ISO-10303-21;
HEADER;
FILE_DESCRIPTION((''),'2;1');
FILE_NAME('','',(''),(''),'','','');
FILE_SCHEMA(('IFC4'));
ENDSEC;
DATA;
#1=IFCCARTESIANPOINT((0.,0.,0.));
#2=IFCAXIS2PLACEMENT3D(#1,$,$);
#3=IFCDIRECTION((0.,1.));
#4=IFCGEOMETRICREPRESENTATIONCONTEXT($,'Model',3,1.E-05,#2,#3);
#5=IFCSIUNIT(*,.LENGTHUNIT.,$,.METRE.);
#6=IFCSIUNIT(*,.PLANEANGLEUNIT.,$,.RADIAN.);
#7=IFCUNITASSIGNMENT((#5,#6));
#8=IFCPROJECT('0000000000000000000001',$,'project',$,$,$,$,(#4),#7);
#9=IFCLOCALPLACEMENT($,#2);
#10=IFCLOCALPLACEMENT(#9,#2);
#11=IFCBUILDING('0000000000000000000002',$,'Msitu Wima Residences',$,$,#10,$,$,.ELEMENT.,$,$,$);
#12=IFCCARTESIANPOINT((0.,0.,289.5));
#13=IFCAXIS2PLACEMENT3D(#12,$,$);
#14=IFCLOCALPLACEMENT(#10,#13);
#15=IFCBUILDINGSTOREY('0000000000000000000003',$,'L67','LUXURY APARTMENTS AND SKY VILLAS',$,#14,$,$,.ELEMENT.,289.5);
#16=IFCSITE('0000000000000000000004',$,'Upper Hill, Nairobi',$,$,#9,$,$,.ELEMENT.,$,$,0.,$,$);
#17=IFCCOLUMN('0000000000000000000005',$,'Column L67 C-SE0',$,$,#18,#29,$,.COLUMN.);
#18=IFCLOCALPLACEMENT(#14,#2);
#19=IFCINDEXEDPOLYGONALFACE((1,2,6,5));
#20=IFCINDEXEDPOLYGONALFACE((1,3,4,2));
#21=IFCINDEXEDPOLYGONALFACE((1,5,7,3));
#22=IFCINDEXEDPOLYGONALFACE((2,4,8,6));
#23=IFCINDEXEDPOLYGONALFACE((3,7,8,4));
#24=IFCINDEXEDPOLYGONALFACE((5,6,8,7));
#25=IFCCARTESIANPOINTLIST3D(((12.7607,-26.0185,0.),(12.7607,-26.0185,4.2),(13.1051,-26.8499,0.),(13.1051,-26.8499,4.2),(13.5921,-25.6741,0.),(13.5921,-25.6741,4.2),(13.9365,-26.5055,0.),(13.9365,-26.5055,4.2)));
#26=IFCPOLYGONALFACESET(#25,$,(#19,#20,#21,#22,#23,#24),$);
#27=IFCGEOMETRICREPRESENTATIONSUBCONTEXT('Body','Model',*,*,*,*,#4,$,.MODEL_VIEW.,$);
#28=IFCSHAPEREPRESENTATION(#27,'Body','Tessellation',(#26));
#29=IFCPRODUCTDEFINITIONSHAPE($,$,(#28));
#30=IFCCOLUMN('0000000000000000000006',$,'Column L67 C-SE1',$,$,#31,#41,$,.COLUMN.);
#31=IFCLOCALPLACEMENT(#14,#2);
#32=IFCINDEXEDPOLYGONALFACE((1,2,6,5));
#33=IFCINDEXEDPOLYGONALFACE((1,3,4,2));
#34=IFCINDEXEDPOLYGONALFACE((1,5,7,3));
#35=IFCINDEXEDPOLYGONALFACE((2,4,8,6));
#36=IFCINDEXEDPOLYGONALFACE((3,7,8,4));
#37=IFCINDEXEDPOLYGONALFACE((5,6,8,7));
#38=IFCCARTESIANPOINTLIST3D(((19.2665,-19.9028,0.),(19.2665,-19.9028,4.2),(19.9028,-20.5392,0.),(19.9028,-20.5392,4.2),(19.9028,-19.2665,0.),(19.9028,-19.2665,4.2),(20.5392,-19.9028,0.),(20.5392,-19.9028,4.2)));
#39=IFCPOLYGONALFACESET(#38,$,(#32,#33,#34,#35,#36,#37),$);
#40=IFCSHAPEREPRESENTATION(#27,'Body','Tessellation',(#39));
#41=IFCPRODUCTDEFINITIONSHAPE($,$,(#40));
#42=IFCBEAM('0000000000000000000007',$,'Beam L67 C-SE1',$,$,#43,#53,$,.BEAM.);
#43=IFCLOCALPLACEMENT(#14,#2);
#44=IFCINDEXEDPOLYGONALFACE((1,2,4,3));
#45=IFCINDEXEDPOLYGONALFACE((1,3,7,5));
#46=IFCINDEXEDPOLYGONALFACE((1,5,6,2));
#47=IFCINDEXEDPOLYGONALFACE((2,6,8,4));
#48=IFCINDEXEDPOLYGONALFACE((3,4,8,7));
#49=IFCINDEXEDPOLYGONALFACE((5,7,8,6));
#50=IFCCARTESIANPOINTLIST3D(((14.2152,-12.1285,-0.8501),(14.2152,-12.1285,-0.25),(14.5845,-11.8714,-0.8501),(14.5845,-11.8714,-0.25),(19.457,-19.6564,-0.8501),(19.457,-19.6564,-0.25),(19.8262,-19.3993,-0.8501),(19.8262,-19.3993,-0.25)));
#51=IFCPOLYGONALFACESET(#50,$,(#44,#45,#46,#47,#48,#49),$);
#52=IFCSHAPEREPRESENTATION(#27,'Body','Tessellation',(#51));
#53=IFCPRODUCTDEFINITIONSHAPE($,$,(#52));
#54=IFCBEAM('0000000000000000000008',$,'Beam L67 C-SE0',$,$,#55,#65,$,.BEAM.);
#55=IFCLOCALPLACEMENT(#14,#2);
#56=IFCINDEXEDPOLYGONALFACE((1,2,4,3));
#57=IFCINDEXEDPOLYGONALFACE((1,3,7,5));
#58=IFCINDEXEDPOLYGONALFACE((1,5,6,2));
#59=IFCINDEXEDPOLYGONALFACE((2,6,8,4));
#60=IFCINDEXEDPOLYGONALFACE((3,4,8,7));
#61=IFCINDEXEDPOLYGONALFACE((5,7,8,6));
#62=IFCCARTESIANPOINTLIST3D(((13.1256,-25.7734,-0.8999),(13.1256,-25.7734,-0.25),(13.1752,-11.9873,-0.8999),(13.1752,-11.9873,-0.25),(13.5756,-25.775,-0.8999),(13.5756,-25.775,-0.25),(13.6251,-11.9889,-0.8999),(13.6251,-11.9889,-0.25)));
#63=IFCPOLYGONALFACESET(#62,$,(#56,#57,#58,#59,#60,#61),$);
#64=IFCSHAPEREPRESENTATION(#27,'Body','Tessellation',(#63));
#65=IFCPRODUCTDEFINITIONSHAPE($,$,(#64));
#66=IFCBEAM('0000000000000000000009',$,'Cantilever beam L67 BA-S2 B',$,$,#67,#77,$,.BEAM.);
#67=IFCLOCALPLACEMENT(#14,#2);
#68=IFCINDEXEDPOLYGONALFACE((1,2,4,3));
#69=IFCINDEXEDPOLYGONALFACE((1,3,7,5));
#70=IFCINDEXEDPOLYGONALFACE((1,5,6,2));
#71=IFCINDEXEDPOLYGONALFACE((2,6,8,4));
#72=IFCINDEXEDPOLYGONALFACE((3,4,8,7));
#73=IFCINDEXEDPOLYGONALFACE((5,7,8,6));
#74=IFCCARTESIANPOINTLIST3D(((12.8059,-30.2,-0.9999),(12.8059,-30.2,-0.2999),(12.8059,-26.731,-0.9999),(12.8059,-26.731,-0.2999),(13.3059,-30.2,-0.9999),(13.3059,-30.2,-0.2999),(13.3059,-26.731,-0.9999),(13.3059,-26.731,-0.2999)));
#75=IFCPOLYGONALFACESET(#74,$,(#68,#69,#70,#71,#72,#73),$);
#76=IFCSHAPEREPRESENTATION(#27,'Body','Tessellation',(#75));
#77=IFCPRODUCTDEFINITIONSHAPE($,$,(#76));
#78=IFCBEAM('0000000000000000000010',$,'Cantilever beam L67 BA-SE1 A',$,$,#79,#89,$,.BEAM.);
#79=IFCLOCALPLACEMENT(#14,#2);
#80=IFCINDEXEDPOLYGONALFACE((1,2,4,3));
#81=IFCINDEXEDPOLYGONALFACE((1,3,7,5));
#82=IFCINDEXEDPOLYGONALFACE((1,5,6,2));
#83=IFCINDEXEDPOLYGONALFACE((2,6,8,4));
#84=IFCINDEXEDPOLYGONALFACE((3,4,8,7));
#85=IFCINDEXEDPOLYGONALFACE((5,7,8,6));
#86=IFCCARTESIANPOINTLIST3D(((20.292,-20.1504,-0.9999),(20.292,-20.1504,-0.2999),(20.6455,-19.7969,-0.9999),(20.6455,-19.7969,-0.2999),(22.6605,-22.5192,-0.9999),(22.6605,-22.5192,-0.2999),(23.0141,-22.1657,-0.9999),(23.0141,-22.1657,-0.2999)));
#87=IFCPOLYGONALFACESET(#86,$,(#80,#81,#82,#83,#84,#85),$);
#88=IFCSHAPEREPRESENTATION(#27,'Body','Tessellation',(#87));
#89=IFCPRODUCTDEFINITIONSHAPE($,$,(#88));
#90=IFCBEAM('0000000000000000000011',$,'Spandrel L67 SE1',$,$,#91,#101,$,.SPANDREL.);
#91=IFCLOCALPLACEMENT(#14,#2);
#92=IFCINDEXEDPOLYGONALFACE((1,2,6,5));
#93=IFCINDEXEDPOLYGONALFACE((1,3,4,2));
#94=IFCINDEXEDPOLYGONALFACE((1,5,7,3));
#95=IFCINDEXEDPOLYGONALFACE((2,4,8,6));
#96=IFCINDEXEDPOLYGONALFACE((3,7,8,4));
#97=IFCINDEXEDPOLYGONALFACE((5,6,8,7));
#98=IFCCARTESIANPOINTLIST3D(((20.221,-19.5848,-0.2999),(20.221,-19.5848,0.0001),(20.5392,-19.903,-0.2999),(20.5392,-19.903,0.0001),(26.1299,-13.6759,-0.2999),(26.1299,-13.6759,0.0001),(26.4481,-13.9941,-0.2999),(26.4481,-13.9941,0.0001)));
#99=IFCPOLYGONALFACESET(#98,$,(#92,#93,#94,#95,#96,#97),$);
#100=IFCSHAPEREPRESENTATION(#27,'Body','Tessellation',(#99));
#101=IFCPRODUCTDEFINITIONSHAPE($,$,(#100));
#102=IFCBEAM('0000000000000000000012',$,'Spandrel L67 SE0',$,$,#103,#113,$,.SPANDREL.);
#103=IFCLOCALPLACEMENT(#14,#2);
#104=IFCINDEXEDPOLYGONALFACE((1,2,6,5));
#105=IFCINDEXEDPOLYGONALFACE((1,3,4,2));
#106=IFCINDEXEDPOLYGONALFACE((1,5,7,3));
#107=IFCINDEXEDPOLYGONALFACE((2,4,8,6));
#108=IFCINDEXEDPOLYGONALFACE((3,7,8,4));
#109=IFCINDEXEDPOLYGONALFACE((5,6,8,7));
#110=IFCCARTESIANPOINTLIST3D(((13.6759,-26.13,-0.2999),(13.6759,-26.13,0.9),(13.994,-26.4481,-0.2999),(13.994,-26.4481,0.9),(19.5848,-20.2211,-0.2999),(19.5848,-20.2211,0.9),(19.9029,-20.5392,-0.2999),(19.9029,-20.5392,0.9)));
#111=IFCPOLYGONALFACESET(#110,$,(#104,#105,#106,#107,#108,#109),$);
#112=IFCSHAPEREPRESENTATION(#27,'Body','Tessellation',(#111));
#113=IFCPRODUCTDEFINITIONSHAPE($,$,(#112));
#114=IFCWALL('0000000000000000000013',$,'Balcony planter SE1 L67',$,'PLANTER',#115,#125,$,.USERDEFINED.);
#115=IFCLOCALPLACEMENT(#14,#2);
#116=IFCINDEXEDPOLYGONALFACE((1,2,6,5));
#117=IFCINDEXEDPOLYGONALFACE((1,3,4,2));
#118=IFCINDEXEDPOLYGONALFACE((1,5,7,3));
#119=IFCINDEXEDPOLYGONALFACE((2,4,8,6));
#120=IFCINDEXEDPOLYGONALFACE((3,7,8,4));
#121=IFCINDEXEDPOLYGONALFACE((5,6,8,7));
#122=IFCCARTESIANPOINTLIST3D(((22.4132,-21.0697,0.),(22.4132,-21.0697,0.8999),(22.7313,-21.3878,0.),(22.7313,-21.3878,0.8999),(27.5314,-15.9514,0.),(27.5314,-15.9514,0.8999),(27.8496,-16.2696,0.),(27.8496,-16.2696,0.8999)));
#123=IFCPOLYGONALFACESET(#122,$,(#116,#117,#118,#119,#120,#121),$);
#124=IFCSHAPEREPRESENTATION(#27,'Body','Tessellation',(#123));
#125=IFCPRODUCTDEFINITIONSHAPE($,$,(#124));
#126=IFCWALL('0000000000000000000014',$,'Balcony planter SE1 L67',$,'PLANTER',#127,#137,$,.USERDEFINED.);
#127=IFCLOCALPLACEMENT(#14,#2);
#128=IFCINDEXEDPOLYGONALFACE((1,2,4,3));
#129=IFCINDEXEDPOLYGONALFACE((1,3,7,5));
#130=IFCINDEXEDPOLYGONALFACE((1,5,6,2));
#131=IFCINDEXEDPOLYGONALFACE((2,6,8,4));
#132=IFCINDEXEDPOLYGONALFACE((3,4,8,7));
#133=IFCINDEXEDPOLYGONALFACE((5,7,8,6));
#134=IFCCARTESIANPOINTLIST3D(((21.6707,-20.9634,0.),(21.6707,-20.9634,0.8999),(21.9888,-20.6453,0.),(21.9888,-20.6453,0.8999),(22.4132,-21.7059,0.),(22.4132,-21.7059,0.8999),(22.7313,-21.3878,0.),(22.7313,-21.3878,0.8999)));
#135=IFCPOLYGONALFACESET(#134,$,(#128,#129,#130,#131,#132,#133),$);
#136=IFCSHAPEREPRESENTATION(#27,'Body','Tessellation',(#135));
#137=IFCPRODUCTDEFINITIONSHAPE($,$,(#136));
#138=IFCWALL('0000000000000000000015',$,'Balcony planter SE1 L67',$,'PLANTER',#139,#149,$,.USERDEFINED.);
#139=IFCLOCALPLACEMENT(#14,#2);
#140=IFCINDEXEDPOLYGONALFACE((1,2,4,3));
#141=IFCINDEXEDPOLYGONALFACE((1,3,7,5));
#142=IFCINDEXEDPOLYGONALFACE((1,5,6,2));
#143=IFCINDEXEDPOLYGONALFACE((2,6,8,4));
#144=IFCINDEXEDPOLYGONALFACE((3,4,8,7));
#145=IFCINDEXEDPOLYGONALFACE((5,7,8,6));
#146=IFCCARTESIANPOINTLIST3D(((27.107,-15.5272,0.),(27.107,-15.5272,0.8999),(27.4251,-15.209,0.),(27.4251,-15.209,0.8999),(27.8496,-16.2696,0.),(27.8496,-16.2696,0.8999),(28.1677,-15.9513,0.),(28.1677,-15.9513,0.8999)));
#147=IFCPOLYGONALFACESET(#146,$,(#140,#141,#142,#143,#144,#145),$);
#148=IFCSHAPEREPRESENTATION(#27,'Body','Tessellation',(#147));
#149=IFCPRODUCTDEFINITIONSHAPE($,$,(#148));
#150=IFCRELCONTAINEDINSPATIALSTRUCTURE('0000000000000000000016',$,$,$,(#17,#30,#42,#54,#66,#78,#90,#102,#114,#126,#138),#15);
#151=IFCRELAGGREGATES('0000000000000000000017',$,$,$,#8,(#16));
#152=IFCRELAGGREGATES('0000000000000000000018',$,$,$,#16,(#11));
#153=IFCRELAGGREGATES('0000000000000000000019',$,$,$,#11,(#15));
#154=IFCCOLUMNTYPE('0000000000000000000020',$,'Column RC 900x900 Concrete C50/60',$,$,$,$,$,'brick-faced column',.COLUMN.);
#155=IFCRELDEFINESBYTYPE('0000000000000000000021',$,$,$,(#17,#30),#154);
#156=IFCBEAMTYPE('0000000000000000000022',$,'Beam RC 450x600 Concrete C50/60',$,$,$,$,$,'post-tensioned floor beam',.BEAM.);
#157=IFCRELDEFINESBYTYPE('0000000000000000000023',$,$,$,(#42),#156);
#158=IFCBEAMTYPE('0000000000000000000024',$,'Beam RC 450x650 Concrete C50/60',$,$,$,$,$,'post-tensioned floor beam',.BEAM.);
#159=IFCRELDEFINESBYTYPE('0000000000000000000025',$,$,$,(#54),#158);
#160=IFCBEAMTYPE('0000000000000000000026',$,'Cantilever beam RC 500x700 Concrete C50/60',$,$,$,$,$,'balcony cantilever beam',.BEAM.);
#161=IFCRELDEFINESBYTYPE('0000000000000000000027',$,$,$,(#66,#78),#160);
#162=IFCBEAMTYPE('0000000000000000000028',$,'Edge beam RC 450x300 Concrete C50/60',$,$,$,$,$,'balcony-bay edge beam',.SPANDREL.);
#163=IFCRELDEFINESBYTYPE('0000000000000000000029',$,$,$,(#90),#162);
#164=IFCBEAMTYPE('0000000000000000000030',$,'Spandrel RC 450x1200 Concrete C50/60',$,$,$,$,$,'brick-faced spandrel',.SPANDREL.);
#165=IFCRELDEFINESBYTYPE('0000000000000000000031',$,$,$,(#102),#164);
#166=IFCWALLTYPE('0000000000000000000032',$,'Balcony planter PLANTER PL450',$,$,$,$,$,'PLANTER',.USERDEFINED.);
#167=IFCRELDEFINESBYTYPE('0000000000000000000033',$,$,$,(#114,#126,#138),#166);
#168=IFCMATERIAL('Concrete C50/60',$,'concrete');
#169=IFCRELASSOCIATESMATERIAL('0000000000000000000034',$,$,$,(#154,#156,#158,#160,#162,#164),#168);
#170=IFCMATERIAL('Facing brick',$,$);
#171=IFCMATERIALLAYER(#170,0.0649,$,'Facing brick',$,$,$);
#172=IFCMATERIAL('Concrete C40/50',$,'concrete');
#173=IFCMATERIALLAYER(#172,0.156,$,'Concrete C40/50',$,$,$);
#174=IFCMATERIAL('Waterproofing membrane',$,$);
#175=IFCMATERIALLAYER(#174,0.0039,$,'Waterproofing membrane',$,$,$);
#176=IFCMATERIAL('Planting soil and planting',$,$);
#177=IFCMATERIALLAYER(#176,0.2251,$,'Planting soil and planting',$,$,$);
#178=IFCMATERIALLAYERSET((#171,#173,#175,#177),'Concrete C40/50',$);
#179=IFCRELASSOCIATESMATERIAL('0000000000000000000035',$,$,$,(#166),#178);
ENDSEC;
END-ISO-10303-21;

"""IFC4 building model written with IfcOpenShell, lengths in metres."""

from ifc_helpers import new_model, si_unit, direction, frame, frame_2d, origin, origin_2d, place, context, subcontext, project, spatial, rectangle, extrude, material, layer, layer_set, material_profile, profile_set, type_object, element, save


model = new_model("IFC4")

# Units and contexts
model_context = context("Model", 3, precision=1e-05, world=origin(), true_north=direction((0.0, 1.0)))
body_context = subcontext(model_context, "Body", "Model", "MODEL_VIEW")
ifc_project = project(units=[si_unit("LENGTHUNIT", "METRE"), si_unit("PLANEANGLEUNIT", "RADIAN")], contexts=[model_context])

# Site, building, storey
site_placement = place(None, origin())
site = spatial("IfcSite", under=ifc_project, at=site_placement, Name="Upper Hill, Nairobi", CompositionType="ELEMENT", RefElevation=0.0)
building_placement = place(site_placement, origin())
building = spatial("IfcBuilding", under=site, at=building_placement, Name="Msitu Wima Residences", CompositionType="ELEMENT")
storey_placement = place(building_placement, frame((0.0, 0.0, 289.5)))
storey = spatial("IfcBuildingStorey", under=building, at=storey_placement, Name="L67", Description="LUXURY APARTMENTS AND SKY VILLAS", CompositionType="ELEMENT", Elevation=289.5)

# Columns
ifc_material_1 = material(Name="Concrete C50/60", Category="concrete")
ifc_material_profile_1 = material_profile(ifc_material_1, rectangle(XDim=0.8999, YDim=0.8999, at=origin_2d()), Name="RC 900x900")
ifc_profile_set_1 = profile_set([ifc_material_profile_1], Name="Concrete C50/60")
column_type = type_object("IfcColumnType", Name="Column RC 900x900 Concrete C50/60", ElementType="brick-faced column", PredefinedType="COLUMN", material=ifc_profile_set_1)
for number, where, z_axis, x_axis, name in (
    (1, (13.3486, -26.262, 0.0), (0.0, 0.0, 1.0), (0.92388, 0.382683, 0.0), "Column L67 C-SE0"),
    (2, (19.9028, -19.9028, 0.0), (0.0, 0.0, 1.0), (0.707107, 0.707107, 0.0), "Column L67 C-SE1"),
):
    element("IfcColumn", number, at=place(storey_placement, frame(where, z_axis=z_axis, x_axis=x_axis)), inside=storey, type_object=column_type, Name=name, PredefinedType="COLUMN", context=body_context, shape_type="SweptSolid", body=[
        extrude(rectangle(XDim=0.8999, YDim=0.8999, at=origin_2d()), origin(), (0.0, 0.0, 1.0), 4.2),
    ])

# Beams
ifc_material_profile_2 = material_profile(ifc_material_1, rectangle(XDim=0.45, YDim=0.6001, at=origin_2d()), Name="RC 450x600")
ifc_profile_set_2 = profile_set([ifc_material_profile_2], Name="Concrete C50/60")
beam_type_1 = type_object("IfcBeamType", Name="Beam RC 450x600 Concrete C50/60", ElementType="post-tensioned floor beam", PredefinedType="BEAM", material=ifc_profile_set_2)
beam_1_placement = place(storey_placement, frame((19.6416, -19.5278, -0.55), z_axis=(-0.571428, 0.820652, 0.0), x_axis=(-0.820652, -0.571428, 0.0)))
element("IfcBeam", 3, at=beam_1_placement, inside=storey, type_object=beam_type_1, Name="Beam L67 C-SE1", PredefinedType="BEAM", context=body_context, shape_type="SweptSolid", body=[
    extrude(rectangle(XDim=0.45, YDim=0.6001, at=origin_2d()), origin(), (0.0, 0.0, 1.0), 9.1731),
])
ifc_material_profile_3 = material_profile(ifc_material_1, rectangle(XDim=0.45, YDim=0.6499, at=origin_2d()), Name="RC 450x650")
ifc_profile_set_3 = profile_set([ifc_material_profile_3], Name="Concrete C50/60")
beam_type_2 = type_object("IfcBeamType", Name="Beam RC 450x650 Concrete C50/60", ElementType="post-tensioned floor beam", PredefinedType="BEAM", material=ifc_profile_set_3)
beam_2_placement = place(storey_placement, frame((13.3506, -25.7742, -0.575), z_axis=(0.003595, 0.999994, 0.0), x_axis=(-0.999994, 0.003595, 0.0)))
element("IfcBeam", 4, at=beam_2_placement, inside=storey, type_object=beam_type_2, Name="Beam L67 C-SE0", PredefinedType="BEAM", context=body_context, shape_type="SweptSolid", body=[
    extrude(rectangle(XDim=0.45, YDim=0.6499, at=origin_2d()), origin(), (0.0, 0.0, 1.0), 13.7861),
])
ifc_material_profile_4 = material_profile(ifc_material_1, rectangle(XDim=0.5, YDim=0.7, at=origin_2d()), Name="RC 500x700")
ifc_profile_set_4 = profile_set([ifc_material_profile_4], Name="Concrete C50/60")
beam_type_3 = type_object("IfcBeamType", Name="Cantilever beam RC 500x700 Concrete C50/60", ElementType="balcony cantilever beam", PredefinedType="BEAM", material=ifc_profile_set_4)
beam_3_placement = place(storey_placement, frame((13.0559, -26.731, -0.6499), z_axis=(0.0, -1.0, 0.0), x_axis=(1.0, 0.0, 0.0)))
element("IfcBeam", 5, at=beam_3_placement, inside=storey, type_object=beam_type_3, Name="Cantilever beam L67 BA-S2 B", PredefinedType="BEAM", context=body_context, shape_type="SweptSolid", body=[
    extrude(rectangle(XDim=0.5, YDim=0.7, at=origin_2d()), origin(), (0.0, 0.0, 1.0), 3.469),
])
beam_4_placement = place(storey_placement, frame((20.4688, -19.9736, -0.6499), z_axis=(0.70707, -0.707143, 0.0), x_axis=(0.707143, 0.70707, 0.0)))
element("IfcBeam", 6, at=beam_4_placement, inside=storey, type_object=beam_type_3, Name="Cantilever beam L67 BA-SE1 A", PredefinedType="BEAM", context=body_context, shape_type="SweptSolid", body=[
    extrude(rectangle(XDim=0.5, YDim=0.7, at=origin_2d()), origin(), (0.0, 0.0, 1.0), 3.3499),
])
ifc_material_profile_5 = material_profile(ifc_material_1, rectangle(XDim=0.45, YDim=0.3, at=origin_2d()), Name="RC 450x300")
ifc_profile_set_5 = profile_set([ifc_material_profile_5], Name="Concrete C50/60")
beam_type_4 = type_object("IfcBeamType", Name="Edge beam RC 450x300 Concrete C50/60", ElementType="balcony-bay edge beam", PredefinedType="SPANDREL", material=ifc_profile_set_5)
beam_5_placement = place(storey_placement, frame((20.3801, -19.7439, -0.1499), z_axis=(0.707107, 0.707107, 0.0), x_axis=(-0.707107, 0.707107, 0.0)))
element("IfcBeam", 7, at=beam_5_placement, inside=storey, type_object=beam_type_4, Name="Spandrel L67 SE1", PredefinedType="SPANDREL", context=body_context, shape_type="SweptSolid", body=[
    extrude(rectangle(XDim=0.45, YDim=0.3, at=origin_2d()), origin(), (0.0, 0.0, 1.0), 8.3564),
])
ifc_material_profile_6 = material_profile(ifc_material_1, rectangle(XDim=0.45, YDim=1.2, at=origin_2d()), Name="RC 450x1200")
ifc_profile_set_6 = profile_set([ifc_material_profile_6], Name="Concrete C50/60")
beam_type_5 = type_object("IfcBeamType", Name="Spandrel RC 450x1200 Concrete C50/60", ElementType="brick-faced spandrel", PredefinedType="SPANDREL", material=ifc_profile_set_6)
beam_6_placement = place(storey_placement, frame((13.835, -26.2891, 0.3), z_axis=(0.707107, 0.707107, 0.0), x_axis=(-0.707107, 0.707107, 0.0)))
element("IfcBeam", 8, at=beam_6_placement, inside=storey, type_object=beam_type_5, Name="Spandrel L67 SE0", PredefinedType="SPANDREL", context=body_context, shape_type="SweptSolid", body=[
    extrude(rectangle(XDim=0.45, YDim=1.2, at=origin_2d()), origin(), (0.0, 0.0, 1.0), 8.3564),
])

# Walls
ifc_material_2 = material(Name="Facing brick")
ifc_layer_1 = layer(ifc_material_2, 0.0649, Name="Facing brick")
ifc_material_3 = material(Name="Concrete C40/50", Category="concrete")
ifc_layer_2 = layer(ifc_material_3, 0.156, Name="Concrete C40/50")
ifc_material_4 = material(Name="Waterproofing membrane")
ifc_layer_3 = layer(ifc_material_4, 0.0039, Name="Waterproofing membrane")
ifc_material_5 = material(Name="Planting soil and planting")
ifc_layer_4 = layer(ifc_material_5, 0.2251, Name="Planting soil and planting")
ifc_layer_set_1 = layer_set([ifc_layer_1, ifc_layer_2, ifc_layer_3, ifc_layer_4], Name="Concrete C40/50")
wall_type_1 = type_object("IfcWallType", Name="Balcony planter PLANTER PL450", ElementType="PLANTER", PredefinedType="USERDEFINED", material=ifc_layer_set_1)
wall_1_placement = place(storey_placement, frame((22.5723, -21.2288, 0.0), z_axis=(0.0, 0.0, 1.0), x_axis=(0.707107, 0.707107, 0.0)))
element("IfcWall", 9, at=wall_1_placement, inside=storey, type_object=wall_type_1, Name="Balcony planter SE1 L67", ObjectType="PLANTER", PredefinedType="USERDEFINED", context=body_context, shape_type="SweptSolid", body=[
    extrude(rectangle(XDim=7.2383, YDim=0.45, at=frame_2d((3.6191, 0.0))), origin(), (0.0, 0.0, 1.0), 0.8999),
])
for number, where, z_axis, x_axis, name in (
    (10, (21.8298, -20.8044, 0.0), (0.0, 0.0, 1.0), (0.707107, -0.707107, 0.0), "Balcony planter SE1 L67"),
    (11, (27.2661, -15.3682, 0.0), (0.0, 0.0, 1.0), (0.707223, -0.706991, 0.0), "Balcony planter SE1 L67"),
):
    element("IfcWall", number, at=place(storey_placement, frame(where, z_axis=z_axis, x_axis=x_axis)), inside=storey, type_object=wall_type_1, Name=name, ObjectType="PLANTER", PredefinedType="USERDEFINED", context=body_context, shape_type="SweptSolid", body=[
        extrude(rectangle(XDim=1.05, YDim=0.45, at=frame_2d((0.5249, 0.0))), origin(), (0.0, 0.0, 1.0), 0.8999),
    ])

save(model, "model.ifc")
